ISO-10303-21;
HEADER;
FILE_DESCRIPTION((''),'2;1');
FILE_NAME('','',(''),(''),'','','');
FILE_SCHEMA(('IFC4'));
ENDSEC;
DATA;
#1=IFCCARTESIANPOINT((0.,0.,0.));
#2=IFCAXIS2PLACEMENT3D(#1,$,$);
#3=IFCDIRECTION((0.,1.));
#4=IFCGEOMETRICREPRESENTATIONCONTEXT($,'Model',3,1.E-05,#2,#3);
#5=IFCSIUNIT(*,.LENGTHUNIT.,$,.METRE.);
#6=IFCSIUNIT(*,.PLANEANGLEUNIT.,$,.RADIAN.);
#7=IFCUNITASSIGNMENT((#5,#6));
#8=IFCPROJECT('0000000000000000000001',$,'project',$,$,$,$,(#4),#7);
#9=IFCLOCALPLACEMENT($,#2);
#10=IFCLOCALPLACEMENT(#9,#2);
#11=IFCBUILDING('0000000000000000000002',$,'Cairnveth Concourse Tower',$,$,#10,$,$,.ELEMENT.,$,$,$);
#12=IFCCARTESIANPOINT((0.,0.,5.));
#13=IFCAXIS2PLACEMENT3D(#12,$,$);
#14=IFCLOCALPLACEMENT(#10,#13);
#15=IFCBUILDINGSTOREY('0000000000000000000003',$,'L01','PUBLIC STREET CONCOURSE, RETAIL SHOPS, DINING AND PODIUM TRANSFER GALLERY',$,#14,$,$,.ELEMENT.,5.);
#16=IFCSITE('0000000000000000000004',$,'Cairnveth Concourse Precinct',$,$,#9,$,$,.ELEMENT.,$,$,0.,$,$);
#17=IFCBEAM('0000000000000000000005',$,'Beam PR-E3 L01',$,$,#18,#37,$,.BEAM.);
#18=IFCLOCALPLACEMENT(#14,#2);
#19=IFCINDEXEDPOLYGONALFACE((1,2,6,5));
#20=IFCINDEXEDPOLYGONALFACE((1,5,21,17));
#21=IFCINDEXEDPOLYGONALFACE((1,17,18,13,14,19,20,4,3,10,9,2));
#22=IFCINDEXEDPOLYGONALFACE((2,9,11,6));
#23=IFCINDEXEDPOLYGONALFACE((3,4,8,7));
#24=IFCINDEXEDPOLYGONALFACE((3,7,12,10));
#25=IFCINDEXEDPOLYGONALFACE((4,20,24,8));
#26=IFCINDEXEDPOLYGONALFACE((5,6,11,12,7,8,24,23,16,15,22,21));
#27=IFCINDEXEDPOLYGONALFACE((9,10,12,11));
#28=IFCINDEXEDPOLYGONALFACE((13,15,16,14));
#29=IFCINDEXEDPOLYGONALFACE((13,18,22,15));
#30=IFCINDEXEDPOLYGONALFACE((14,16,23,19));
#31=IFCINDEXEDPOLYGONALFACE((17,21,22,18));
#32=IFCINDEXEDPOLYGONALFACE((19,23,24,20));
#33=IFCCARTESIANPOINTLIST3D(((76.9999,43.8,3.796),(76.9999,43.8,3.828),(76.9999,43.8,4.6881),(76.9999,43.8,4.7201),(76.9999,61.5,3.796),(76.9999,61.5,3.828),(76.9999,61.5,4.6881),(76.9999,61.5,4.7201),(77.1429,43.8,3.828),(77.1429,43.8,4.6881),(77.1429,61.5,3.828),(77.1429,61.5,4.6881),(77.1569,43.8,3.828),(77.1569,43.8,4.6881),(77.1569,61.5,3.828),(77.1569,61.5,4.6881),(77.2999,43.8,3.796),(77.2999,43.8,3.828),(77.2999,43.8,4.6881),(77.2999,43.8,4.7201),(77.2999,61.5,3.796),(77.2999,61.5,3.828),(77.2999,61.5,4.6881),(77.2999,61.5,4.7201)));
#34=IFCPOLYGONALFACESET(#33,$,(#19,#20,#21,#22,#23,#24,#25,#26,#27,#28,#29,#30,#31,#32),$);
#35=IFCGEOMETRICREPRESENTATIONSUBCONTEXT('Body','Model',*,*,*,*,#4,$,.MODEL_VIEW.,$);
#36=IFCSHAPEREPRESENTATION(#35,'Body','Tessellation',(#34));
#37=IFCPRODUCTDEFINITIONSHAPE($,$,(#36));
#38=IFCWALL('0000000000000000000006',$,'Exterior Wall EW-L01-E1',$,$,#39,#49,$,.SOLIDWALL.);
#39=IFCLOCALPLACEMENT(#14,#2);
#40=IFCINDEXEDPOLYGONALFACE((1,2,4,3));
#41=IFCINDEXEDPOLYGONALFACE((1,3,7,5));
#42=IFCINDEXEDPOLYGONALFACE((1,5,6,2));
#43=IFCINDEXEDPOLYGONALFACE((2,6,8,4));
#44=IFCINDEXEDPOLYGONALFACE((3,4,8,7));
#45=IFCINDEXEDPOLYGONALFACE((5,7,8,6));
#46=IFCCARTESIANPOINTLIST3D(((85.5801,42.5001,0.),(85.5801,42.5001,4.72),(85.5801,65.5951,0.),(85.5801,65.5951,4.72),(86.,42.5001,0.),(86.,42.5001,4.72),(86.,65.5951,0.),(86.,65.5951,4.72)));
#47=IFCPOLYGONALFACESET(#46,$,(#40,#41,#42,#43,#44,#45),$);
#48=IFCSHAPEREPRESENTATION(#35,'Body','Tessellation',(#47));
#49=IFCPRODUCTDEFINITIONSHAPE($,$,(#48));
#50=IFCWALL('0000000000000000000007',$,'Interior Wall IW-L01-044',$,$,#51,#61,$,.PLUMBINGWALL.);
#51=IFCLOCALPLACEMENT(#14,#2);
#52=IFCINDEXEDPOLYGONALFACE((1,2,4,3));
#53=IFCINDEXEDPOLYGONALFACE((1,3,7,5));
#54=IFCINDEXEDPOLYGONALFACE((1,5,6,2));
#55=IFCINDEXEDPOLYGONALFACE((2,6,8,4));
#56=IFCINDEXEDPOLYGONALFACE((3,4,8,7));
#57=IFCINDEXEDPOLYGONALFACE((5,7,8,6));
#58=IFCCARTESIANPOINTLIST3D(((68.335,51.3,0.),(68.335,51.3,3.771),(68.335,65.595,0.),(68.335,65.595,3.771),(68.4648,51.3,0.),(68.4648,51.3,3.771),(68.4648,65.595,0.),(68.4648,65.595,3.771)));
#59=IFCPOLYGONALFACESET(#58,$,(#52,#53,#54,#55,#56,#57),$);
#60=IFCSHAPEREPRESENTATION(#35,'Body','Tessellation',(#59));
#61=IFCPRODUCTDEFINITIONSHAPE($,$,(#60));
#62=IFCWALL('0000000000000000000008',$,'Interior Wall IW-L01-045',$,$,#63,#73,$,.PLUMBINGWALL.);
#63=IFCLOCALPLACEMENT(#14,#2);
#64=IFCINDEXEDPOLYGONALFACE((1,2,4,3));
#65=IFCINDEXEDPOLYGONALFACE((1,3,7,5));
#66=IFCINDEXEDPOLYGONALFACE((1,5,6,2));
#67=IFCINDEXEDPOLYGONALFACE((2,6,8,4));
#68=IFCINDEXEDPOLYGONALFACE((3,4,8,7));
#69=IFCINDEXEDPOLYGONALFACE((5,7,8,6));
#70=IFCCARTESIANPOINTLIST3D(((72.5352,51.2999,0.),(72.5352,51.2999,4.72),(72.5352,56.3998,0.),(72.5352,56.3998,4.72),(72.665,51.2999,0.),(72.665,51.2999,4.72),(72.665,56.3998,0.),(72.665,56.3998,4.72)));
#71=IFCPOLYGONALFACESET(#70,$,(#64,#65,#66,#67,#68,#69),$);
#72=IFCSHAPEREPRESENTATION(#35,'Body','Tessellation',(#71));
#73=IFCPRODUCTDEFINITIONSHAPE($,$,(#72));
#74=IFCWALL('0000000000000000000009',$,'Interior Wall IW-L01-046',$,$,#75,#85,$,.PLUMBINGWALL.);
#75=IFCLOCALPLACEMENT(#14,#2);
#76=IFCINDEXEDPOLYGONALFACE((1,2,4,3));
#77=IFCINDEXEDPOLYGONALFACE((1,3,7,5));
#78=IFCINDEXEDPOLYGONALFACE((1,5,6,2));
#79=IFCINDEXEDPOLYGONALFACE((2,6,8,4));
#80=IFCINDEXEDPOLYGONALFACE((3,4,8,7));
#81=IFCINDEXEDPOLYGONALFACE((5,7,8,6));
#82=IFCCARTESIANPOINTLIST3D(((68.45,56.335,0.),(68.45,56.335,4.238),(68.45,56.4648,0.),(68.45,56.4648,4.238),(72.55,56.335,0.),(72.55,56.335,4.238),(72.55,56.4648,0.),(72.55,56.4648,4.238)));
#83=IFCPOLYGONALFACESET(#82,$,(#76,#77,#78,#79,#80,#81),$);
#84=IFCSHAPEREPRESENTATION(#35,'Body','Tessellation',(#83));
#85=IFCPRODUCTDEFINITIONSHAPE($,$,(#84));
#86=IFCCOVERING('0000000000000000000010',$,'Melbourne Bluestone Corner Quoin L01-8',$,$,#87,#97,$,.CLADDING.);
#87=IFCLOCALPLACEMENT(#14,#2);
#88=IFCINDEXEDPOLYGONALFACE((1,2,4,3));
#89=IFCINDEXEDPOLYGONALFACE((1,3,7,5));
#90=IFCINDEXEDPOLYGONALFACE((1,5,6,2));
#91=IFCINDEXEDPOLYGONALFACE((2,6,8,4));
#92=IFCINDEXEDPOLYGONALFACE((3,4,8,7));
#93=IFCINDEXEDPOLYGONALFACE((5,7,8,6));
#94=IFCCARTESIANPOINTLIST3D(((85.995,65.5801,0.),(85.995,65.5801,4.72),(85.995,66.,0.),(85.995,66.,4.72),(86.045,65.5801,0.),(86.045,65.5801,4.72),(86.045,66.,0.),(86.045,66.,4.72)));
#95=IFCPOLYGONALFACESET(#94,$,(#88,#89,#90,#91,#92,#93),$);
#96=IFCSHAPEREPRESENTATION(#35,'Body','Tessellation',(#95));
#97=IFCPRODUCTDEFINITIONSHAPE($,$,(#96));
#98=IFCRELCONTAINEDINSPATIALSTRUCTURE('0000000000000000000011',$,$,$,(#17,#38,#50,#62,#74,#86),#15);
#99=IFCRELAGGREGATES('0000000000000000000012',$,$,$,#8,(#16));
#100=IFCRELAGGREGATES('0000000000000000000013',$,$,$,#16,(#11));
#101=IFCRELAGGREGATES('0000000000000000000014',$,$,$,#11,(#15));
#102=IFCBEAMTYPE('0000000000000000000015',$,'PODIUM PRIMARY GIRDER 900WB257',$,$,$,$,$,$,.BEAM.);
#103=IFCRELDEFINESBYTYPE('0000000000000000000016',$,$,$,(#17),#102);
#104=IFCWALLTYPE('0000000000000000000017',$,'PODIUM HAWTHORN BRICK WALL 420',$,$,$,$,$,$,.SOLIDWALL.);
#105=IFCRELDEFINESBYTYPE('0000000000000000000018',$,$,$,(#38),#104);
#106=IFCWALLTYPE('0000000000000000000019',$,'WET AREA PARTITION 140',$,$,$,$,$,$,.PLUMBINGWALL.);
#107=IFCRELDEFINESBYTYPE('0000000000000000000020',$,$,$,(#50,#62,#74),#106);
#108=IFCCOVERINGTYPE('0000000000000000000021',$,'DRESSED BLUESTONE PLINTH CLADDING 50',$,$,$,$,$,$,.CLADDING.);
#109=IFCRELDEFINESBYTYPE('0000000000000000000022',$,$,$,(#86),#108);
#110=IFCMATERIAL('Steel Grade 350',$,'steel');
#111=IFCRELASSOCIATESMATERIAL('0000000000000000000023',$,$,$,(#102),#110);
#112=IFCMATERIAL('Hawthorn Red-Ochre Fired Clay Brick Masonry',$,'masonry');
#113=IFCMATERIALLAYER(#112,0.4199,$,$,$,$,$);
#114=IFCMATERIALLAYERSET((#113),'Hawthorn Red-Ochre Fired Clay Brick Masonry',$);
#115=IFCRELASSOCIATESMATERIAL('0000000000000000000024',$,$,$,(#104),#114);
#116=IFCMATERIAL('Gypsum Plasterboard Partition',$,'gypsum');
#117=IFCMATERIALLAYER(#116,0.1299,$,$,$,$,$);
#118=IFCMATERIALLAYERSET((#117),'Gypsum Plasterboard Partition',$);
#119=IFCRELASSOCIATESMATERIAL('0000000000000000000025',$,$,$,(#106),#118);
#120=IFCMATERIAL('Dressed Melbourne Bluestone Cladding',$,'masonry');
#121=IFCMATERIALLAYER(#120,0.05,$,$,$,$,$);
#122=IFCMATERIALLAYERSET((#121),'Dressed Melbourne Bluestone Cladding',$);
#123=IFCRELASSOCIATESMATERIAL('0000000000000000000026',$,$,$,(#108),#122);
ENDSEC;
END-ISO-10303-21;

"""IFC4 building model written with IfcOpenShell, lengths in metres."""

from ifc_helpers import new_model, si_unit, direction, frame, frame_2d, origin, origin_2d, place, context, subcontext, project, spatial, rectangle, i_section, extrude, material, layer, layer_set, material_profile, profile_set, type_object, element, save


model = new_model("IFC4")

# Units and contexts
model_context = context("Model", 3, precision=1e-05, world=origin(), true_north=direction((0.0, 1.0)))
body_context = subcontext(model_context, "Body", "Model", "MODEL_VIEW")
ifc_project = project(units=[si_unit("LENGTHUNIT", "METRE"), si_unit("PLANEANGLEUNIT", "RADIAN")], contexts=[model_context])

# Site, building, storey
site_placement = place(None, origin())
site = spatial("IfcSite", under=ifc_project, at=site_placement, Name="Cairnveth Concourse Precinct", CompositionType="ELEMENT", RefElevation=0.0)
building_placement = place(site_placement, origin())
building = spatial("IfcBuilding", under=site, at=building_placement, Name="Cairnveth Concourse Tower", CompositionType="ELEMENT")
storey_placement = place(building_placement, frame((0.0, 0.0, 5.0)))
storey = spatial("IfcBuildingStorey", under=building, at=storey_placement, Name="L01", Description="PUBLIC STREET CONCOURSE, RETAIL SHOPS, DINING AND PODIUM TRANSFER GALLERY", CompositionType="ELEMENT", Elevation=5.0)

# Beam
ifc_material_1 = material(Name="Steel Grade 350", Category="steel")
ifc_material_profile_1 = material_profile(ifc_material_1, i_section(OverallWidth=0.3, OverallDepth=0.9241, WebThickness=0.0139, FlangeThickness=0.032, at=origin_2d()), Name="900WB257")
ifc_profile_set_1 = profile_set([ifc_material_profile_1], Name="Steel Grade 350")
beam_type_1 = type_object("IfcBeamType", Name="PODIUM PRIMARY GIRDER 900WB257", PredefinedType="BEAM", material=ifc_profile_set_1)
beam_1_placement = place(storey_placement, frame((77.1499, 43.8, 4.2581), z_axis=(0.0, 1.0, 0.0), x_axis=(-1.0, 0.0, 0.0)))
element("IfcBeam", 1, at=beam_1_placement, inside=storey, type_object=beam_type_1, Name="Beam PR-E3 L01", PredefinedType="BEAM", context=body_context, shape_type="SweptSolid", body=[
    extrude(i_section(OverallWidth=0.3, OverallDepth=0.9241, WebThickness=0.0139, FlangeThickness=0.032, at=origin_2d()), origin(), (0.0, 0.0, 1.0), 17.7),
])

# Walls
ifc_material_2 = material(Name="Hawthorn Red-Ochre Fired Clay Brick Masonry", Category="masonry")
ifc_layer_1 = layer(ifc_material_2, 0.4199)
ifc_layer_set_1 = layer_set([ifc_layer_1], Name="Hawthorn Red-Ochre Fired Clay Brick Masonry")
wall_type_1 = type_object("IfcWallType", Name="PODIUM HAWTHORN BRICK WALL 420", PredefinedType="SOLIDWALL", material=ifc_layer_set_1)
wall_1_placement = place(storey_placement, frame((85.79, 65.595, 0.0), z_axis=(0.0, 0.0, 1.0), x_axis=(0.0, -1.0, 0.0)))
element("IfcWall", 2, at=wall_1_placement, inside=storey, type_object=wall_type_1, Name="Exterior Wall EW-L01-E1", PredefinedType="SOLIDWALL", context=body_context, shape_type="SweptSolid", body=[
    extrude(rectangle(XDim=23.095, YDim=0.4199, at=frame_2d((11.5474, 0.0))), origin(), (0.0, 0.0, 1.0), 4.72),
])
ifc_material_3 = material(Name="Gypsum Plasterboard Partition", Category="gypsum")
ifc_layer_2 = layer(ifc_material_3, 0.1299)
ifc_layer_set_2 = layer_set([ifc_layer_2], Name="Gypsum Plasterboard Partition")
wall_type_2 = type_object("IfcWallType", Name="WET AREA PARTITION 140", PredefinedType="PLUMBINGWALL", material=ifc_layer_set_2)
wall_2_placement = place(storey_placement, frame((68.3999, 51.3, 0.0), z_axis=(0.0, 0.0, 1.0), x_axis=(0.0, 1.0, 0.0)))
element("IfcWall", 3, at=wall_2_placement, inside=storey, type_object=wall_type_2, Name="Interior Wall IW-L01-044", PredefinedType="PLUMBINGWALL", context=body_context, shape_type="SweptSolid", body=[
    extrude(rectangle(XDim=14.2949, YDim=0.1299, at=frame_2d((7.1475, 0.0))), origin(), (0.0, 0.0, 1.0), 3.771),
])
wall_3_placement = place(storey_placement, frame((72.6001, 51.3, 0.0), z_axis=(0.0, 0.0, 1.0), x_axis=(0.0, 1.0, 0.0)))
element("IfcWall", 4, at=wall_3_placement, inside=storey, type_object=wall_type_2, Name="Interior Wall IW-L01-045", PredefinedType="PLUMBINGWALL", context=body_context, shape_type="SweptSolid", body=[
    extrude(rectangle(XDim=5.0999, YDim=0.1299, at=frame_2d((2.5498, 0.0))), origin(), (0.0, 0.0, 1.0), 4.72),
])
wall_4_placement = place(storey_placement, frame((68.45, 56.3999, 0.0), z_axis=(0.0, 0.0, 1.0), x_axis=(1.0, 0.0, 0.0)))
element("IfcWall", 5, at=wall_4_placement, inside=storey, type_object=wall_type_2, Name="Interior Wall IW-L01-046", PredefinedType="PLUMBINGWALL", context=body_context, shape_type="SweptSolid", body=[
    extrude(rectangle(XDim=4.1001, YDim=0.1299, at=frame_2d((2.05, 0.0))), origin(), (0.0, 0.0, 1.0), 4.238),
])

# Covering
ifc_material_4 = material(Name="Dressed Melbourne Bluestone Cladding", Category="masonry")
ifc_layer_3 = layer(ifc_material_4, 0.05)
ifc_layer_set_3 = layer_set([ifc_layer_3], Name="Dressed Melbourne Bluestone Cladding")
covering_type = type_object("IfcCoveringType", Name="DRESSED BLUESTONE PLINTH CLADDING 50", PredefinedType="CLADDING", material=ifc_layer_set_3)
covering_placement = place(storey_placement, frame((86.02, 65.5801, 0.0), z_axis=(0.0, 0.0, 1.0), x_axis=(0.0, 1.0, 0.0)))
element("IfcCovering", 6, at=covering_placement, inside=storey, type_object=covering_type, Name="Melbourne Bluestone Corner Quoin L01-8", PredefinedType="CLADDING", context=body_context, shape_type="SweptSolid", body=[
    extrude(rectangle(XDim=0.4199, YDim=0.05, at=frame_2d((0.21, 0.0))), origin(), (0.0, 0.0, 1.0), 4.72),
])

save(model, "model.ifc")
